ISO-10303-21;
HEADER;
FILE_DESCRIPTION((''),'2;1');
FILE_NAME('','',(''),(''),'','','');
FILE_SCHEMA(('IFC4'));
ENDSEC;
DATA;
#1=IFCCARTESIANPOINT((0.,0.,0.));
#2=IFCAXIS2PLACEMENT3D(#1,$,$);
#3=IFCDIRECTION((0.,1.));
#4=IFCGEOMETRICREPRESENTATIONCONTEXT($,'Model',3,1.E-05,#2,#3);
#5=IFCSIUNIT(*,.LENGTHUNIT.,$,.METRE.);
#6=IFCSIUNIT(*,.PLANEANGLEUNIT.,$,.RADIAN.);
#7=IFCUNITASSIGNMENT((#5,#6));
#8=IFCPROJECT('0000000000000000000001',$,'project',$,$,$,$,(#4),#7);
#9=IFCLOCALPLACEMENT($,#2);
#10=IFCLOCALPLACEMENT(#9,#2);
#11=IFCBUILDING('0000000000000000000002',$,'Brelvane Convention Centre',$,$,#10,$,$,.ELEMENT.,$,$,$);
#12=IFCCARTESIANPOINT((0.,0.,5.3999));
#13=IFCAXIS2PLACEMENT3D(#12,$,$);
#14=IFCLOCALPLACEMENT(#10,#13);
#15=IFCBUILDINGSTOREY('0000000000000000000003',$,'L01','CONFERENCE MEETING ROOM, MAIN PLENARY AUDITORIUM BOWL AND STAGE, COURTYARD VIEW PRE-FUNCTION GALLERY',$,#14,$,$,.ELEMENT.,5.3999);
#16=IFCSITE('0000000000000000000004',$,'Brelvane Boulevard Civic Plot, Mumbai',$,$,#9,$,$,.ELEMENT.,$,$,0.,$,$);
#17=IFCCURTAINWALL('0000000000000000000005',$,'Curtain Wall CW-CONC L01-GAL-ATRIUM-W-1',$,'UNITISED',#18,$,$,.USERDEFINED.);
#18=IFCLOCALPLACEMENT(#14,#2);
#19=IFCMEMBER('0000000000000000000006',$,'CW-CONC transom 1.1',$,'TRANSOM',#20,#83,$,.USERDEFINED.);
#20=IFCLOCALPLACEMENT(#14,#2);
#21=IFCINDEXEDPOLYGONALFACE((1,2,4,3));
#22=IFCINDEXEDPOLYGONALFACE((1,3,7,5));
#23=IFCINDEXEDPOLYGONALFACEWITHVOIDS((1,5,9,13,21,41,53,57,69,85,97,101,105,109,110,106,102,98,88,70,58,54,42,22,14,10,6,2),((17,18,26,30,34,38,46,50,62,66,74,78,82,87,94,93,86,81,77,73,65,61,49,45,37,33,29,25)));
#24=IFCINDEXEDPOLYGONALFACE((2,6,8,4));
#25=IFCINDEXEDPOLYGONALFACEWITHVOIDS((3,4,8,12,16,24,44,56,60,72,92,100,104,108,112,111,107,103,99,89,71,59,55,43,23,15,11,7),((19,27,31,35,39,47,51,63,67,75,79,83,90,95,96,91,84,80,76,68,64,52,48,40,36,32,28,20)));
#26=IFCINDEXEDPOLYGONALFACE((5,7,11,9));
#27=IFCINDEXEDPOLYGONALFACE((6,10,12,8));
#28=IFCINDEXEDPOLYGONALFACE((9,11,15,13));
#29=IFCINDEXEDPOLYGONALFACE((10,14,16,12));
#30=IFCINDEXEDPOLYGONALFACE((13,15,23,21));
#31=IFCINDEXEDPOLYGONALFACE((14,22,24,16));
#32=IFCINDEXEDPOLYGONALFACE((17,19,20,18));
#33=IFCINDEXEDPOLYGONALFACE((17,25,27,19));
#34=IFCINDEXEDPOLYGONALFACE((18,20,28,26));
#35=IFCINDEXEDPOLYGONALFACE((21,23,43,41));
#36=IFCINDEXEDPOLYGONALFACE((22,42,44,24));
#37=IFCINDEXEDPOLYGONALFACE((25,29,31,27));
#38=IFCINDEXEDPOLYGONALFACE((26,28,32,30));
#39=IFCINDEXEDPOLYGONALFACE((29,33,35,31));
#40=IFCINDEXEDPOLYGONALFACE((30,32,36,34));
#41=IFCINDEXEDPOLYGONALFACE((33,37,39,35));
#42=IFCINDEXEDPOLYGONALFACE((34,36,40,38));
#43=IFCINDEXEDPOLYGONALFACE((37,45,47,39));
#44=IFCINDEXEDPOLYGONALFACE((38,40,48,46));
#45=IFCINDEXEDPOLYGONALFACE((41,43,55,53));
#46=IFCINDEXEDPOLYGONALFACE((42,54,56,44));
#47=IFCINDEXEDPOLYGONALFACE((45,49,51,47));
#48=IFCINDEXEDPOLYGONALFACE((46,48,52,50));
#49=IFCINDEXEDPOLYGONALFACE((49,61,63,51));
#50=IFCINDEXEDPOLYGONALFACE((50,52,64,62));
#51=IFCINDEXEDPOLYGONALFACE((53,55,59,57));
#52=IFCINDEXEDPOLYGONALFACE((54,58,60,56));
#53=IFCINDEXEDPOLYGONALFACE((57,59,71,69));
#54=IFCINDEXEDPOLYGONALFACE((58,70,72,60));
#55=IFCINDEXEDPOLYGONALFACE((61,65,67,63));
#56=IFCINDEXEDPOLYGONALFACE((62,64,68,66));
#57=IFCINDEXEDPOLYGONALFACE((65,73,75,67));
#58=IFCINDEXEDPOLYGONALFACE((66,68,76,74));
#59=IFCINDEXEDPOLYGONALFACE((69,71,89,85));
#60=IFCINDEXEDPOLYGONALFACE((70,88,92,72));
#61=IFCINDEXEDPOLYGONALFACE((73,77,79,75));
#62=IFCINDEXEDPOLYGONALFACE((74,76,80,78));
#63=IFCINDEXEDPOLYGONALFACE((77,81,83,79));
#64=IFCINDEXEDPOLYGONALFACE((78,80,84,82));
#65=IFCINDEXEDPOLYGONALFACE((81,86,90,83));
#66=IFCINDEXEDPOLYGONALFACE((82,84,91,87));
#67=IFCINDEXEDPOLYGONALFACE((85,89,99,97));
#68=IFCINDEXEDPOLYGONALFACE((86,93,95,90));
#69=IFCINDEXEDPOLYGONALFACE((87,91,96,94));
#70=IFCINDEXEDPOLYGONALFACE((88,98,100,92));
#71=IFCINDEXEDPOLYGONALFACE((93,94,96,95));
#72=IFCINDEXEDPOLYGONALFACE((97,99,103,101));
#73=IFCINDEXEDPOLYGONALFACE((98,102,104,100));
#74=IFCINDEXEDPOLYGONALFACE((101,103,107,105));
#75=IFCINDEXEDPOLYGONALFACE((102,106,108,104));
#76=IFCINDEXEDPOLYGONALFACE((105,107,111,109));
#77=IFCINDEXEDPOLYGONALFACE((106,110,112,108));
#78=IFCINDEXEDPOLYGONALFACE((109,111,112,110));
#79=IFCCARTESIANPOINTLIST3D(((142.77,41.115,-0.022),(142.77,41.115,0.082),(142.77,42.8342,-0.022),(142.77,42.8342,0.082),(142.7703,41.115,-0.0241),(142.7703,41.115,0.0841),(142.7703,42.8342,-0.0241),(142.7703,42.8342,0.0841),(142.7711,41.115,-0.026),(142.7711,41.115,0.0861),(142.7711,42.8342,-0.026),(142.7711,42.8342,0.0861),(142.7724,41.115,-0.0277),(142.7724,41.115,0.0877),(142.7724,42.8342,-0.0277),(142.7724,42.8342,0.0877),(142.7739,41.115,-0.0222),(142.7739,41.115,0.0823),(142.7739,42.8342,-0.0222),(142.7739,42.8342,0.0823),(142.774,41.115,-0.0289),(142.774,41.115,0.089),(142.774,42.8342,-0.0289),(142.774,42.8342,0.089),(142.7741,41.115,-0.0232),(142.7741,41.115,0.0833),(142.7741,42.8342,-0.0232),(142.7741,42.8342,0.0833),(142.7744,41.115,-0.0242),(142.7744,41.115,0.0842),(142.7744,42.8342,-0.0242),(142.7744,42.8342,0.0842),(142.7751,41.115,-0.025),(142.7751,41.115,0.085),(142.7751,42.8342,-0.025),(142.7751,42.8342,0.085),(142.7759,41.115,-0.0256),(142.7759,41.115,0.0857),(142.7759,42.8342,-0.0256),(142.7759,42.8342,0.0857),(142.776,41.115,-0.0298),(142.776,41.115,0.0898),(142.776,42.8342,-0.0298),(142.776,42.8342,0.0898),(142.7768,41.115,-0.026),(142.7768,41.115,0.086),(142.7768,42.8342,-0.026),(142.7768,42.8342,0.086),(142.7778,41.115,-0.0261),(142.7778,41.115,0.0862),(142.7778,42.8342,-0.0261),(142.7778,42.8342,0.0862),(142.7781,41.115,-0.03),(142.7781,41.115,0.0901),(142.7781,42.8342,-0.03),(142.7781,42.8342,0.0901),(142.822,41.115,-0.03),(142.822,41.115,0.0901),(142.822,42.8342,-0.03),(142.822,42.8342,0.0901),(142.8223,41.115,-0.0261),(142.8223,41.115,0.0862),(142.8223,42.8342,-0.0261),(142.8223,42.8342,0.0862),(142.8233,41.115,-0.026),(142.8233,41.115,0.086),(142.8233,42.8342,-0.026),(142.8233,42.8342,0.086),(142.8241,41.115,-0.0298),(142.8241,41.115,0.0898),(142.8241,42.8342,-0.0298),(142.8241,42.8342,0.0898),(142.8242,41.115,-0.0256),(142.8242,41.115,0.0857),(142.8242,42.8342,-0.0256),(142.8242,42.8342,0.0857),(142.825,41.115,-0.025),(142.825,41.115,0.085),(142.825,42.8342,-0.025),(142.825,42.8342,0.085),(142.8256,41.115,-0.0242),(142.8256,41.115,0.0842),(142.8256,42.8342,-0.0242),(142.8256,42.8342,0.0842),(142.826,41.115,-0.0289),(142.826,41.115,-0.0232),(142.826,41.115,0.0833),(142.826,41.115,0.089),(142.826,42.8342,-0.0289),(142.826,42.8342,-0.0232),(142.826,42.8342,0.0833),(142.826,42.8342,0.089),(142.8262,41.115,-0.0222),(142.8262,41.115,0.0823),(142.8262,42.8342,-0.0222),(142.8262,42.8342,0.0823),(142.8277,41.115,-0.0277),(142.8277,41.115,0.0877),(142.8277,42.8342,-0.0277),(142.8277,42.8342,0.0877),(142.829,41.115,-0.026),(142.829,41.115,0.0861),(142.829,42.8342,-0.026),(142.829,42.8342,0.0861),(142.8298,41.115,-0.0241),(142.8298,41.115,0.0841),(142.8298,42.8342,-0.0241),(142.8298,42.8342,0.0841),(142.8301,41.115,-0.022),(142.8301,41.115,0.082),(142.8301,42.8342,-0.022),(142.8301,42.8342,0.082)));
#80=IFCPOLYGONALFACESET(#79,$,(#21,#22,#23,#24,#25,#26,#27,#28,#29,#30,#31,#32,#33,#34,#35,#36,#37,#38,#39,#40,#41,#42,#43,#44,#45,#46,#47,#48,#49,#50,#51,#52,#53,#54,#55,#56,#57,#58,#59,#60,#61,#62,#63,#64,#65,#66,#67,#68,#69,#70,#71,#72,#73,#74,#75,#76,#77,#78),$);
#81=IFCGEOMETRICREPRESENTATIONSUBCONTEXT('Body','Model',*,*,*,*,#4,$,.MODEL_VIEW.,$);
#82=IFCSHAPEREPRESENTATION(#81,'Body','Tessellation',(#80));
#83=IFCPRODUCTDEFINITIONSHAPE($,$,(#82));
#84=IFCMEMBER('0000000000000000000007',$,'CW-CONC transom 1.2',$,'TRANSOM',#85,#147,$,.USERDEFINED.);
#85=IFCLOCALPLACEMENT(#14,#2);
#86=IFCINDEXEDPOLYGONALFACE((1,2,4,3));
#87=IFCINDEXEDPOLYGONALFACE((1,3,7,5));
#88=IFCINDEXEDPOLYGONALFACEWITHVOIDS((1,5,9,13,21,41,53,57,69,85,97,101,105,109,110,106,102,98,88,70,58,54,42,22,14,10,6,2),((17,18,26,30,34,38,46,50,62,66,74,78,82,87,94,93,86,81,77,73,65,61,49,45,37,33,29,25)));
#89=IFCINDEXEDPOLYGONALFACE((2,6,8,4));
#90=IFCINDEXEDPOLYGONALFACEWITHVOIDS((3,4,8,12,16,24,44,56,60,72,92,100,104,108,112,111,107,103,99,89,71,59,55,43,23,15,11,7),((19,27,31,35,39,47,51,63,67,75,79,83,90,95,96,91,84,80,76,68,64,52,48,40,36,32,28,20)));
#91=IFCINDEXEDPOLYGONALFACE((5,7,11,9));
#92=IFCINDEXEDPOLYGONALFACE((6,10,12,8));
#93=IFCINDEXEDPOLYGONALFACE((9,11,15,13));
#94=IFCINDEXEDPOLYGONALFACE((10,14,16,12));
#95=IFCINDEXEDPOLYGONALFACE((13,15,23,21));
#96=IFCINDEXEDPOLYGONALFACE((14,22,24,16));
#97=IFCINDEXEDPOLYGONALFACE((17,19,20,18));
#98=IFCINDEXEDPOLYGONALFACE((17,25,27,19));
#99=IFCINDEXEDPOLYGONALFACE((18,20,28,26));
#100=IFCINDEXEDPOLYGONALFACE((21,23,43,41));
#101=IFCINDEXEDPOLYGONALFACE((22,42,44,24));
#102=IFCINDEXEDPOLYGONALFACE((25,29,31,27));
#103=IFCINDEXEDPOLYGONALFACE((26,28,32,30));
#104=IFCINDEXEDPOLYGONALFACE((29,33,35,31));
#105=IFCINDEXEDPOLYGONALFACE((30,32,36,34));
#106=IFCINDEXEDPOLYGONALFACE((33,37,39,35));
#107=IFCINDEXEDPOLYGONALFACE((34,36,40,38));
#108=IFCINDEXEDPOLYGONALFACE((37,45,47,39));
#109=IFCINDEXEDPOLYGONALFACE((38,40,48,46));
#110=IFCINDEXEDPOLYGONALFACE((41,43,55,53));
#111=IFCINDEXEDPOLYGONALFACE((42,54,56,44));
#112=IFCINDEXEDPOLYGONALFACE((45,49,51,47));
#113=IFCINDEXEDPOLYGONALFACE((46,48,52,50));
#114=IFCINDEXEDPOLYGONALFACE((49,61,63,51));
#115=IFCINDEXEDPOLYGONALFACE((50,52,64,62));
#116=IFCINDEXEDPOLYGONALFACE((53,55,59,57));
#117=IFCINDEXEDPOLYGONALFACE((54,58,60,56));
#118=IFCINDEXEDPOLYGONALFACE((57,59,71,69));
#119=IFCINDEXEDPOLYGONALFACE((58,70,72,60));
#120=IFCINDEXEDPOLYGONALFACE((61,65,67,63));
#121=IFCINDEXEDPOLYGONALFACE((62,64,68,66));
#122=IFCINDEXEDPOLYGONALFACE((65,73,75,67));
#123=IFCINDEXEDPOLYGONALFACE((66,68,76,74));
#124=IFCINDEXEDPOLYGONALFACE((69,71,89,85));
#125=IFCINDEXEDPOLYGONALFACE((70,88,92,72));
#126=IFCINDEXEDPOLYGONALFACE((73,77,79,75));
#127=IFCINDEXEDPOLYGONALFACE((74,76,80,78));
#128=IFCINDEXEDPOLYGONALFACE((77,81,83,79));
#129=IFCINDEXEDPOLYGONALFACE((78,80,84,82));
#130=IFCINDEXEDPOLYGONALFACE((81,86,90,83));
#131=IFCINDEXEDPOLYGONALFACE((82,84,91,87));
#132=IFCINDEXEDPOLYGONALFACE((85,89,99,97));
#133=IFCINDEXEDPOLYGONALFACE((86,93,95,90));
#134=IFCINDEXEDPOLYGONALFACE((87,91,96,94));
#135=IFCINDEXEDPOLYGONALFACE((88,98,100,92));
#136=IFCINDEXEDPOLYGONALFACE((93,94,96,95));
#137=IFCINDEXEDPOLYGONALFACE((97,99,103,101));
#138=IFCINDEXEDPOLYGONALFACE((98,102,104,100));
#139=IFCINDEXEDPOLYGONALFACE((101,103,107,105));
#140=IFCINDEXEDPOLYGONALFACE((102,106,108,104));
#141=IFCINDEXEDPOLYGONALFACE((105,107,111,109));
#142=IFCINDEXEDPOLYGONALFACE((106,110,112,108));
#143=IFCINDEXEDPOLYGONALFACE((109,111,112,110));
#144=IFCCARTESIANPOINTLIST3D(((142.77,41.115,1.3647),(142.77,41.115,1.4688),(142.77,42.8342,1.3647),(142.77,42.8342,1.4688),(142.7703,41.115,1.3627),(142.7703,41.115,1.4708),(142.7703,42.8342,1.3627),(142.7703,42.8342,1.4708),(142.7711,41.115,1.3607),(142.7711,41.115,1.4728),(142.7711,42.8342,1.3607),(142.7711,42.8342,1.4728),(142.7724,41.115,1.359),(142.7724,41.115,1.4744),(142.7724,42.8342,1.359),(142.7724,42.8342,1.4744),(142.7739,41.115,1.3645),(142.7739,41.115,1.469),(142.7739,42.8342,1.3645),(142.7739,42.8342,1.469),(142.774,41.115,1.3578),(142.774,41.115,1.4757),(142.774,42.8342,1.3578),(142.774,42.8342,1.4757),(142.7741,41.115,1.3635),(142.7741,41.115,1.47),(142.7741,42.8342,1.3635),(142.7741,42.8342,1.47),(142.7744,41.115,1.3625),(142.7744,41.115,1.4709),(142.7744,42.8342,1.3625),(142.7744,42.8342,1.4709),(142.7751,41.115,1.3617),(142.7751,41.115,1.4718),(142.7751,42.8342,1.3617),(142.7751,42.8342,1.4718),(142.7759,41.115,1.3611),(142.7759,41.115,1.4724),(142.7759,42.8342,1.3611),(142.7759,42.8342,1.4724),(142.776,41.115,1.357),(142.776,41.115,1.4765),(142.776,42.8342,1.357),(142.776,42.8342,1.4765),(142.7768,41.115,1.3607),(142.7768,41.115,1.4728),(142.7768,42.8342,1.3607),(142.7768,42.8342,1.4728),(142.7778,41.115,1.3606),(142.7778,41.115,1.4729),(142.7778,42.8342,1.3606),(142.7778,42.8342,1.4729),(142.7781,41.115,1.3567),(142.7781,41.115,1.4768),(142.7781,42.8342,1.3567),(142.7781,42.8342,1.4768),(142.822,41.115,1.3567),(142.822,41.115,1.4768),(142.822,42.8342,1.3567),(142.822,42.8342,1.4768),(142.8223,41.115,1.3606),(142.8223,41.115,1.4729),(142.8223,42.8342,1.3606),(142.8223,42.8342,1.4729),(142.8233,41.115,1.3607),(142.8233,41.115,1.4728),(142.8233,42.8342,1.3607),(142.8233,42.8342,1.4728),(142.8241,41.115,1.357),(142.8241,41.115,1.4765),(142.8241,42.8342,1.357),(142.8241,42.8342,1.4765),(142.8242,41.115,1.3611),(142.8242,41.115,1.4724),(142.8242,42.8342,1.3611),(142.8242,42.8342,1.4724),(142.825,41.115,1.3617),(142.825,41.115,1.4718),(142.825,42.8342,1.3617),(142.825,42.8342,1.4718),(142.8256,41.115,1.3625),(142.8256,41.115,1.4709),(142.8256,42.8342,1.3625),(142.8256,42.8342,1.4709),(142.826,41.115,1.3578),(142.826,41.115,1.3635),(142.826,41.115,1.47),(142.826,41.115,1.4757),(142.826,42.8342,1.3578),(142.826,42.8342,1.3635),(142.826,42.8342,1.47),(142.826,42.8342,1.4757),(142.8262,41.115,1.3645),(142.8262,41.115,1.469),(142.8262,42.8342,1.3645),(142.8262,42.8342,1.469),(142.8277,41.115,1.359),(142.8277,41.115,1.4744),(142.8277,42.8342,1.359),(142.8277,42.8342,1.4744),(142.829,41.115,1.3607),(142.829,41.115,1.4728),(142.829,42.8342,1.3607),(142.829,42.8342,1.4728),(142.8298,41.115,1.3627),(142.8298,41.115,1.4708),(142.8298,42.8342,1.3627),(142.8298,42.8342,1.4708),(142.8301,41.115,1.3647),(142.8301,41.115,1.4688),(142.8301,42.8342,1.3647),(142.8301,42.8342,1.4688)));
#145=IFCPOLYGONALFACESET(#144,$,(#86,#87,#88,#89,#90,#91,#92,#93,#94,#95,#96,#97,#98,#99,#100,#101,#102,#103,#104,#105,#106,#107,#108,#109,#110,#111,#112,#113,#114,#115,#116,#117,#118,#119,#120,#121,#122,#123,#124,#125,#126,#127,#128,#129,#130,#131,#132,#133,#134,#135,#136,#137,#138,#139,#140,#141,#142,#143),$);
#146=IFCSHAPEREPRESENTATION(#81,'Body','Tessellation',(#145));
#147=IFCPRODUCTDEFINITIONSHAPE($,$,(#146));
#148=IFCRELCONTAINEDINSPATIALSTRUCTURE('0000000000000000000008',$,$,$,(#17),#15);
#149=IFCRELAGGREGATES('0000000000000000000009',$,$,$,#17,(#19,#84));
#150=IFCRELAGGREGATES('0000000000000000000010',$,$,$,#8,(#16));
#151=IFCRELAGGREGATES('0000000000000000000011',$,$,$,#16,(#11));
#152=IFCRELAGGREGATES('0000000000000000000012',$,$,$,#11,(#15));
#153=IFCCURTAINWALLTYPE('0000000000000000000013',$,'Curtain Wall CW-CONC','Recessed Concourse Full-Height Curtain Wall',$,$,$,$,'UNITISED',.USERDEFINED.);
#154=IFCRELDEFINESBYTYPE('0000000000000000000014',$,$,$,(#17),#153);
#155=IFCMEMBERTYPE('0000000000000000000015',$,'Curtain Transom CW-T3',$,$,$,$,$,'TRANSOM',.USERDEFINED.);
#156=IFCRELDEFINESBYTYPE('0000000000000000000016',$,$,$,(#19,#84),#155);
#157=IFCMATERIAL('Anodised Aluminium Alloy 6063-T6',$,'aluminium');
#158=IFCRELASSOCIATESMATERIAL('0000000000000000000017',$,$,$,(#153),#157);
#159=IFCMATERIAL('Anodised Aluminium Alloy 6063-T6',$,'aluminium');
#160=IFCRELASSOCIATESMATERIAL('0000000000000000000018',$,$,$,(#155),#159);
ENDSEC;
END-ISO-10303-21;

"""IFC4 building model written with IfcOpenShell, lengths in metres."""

from ifc_helpers import new_model, si_unit, direction, frame, origin, origin_2d, place, context, subcontext, project, spatial, hollow_rectangle, extrude, material, material_profile, profile_set, type_object, element, aggregate, save


model = new_model("IFC4")

# Units and contexts
model_context = context("Model", 3, precision=1e-05, world=origin(), true_north=direction((0.0, 1.0)))
body_context = subcontext(model_context, "Body", "Model", "MODEL_VIEW")
ifc_project = project(units=[si_unit("LENGTHUNIT", "METRE"), si_unit("PLANEANGLEUNIT", "RADIAN")], contexts=[model_context])

# Site, building, storey
site_placement = place(None, origin())
site = spatial("IfcSite", under=ifc_project, at=site_placement, Name="Brelvane Boulevard Civic Plot, Mumbai", CompositionType="ELEMENT", RefElevation=0.0)
building_placement = place(site_placement, origin())
building = spatial("IfcBuilding", under=site, at=building_placement, Name="Brelvane Convention Centre", CompositionType="ELEMENT")
storey_placement = place(building_placement, frame((0.0, 0.0, 5.3999)))
storey = spatial("IfcBuildingStorey", under=building, at=storey_placement, Name="L01", Description="CONFERENCE MEETING ROOM, MAIN PLENARY AUDITORIUM BOWL AND STAGE, COURTYARD VIEW PRE-FUNCTION GALLERY", CompositionType="ELEMENT", Elevation=5.3999)

# Curtain wall, members
ifc_material_1 = material(Name="Anodised Aluminium Alloy 6063-T6", Category="aluminium")
curtain_wall_type = type_object("IfcCurtainWallType", Name="Curtain Wall CW-CONC", Description="Recessed Concourse Full-Height Curtain Wall", ElementType="UNITISED", PredefinedType="USERDEFINED", material=ifc_material_1)
curtain_wall_placement = place(storey_placement, origin())
curtain_wall = element("IfcCurtainWall", 1, at=curtain_wall_placement, inside=storey, type_object=curtain_wall_type, Name="Curtain Wall CW-CONC L01-GAL-ATRIUM-W-1", ObjectType="UNITISED", PredefinedType="USERDEFINED")
ifc_material_2 = material(Name="Anodised Aluminium Alloy 6063-T6", Category="aluminium")
ifc_material_profile_1 = material_profile(ifc_material_2, hollow_rectangle(XDim=0.0601, YDim=0.1201, WallThickness=0.0039, InnerFilletRadius=0.0039, OuterFilletRadius=0.0081, at=origin_2d()), Name="ALU-T 120x60x4.0")
ifc_profile_set_1 = profile_set([ifc_material_profile_1], Name="Anodised Aluminium Alloy 6063-T6")
member_type_1 = type_object("IfcMemberType", Name="Curtain Transom CW-T3", ElementType="TRANSOM", PredefinedType="USERDEFINED", material=ifc_profile_set_1)
member_1_placement = place(storey_placement, frame((142.8, 41.115, 0.03), z_axis=(0.0, 1.0, 0.0), x_axis=(-1.0, 0.0, 0.0)))
member_1 = element("IfcMember", 2, at=member_1_placement, type_object=member_type_1, Name="CW-CONC transom 1.1", ObjectType="TRANSOM", PredefinedType="USERDEFINED", context=body_context, shape_type="SweptSolid", body=[
    extrude(hollow_rectangle(XDim=0.0601, YDim=0.1201, WallThickness=0.0039, InnerFilletRadius=0.0039, OuterFilletRadius=0.0081, at=origin_2d()), origin(), (0.0, 0.0, 1.0), 1.7192),
])
member_2_placement = place(storey_placement, frame((142.8, 41.115, 1.4167), z_axis=(0.0, 1.0, 0.0), x_axis=(-1.0, 0.0, 0.0)))
member_2 = element("IfcMember", 3, at=member_2_placement, type_object=member_type_1, Name="CW-CONC transom 1.2", ObjectType="TRANSOM", PredefinedType="USERDEFINED", context=body_context, shape_type="SweptSolid", body=[
    extrude(hollow_rectangle(XDim=0.0601, YDim=0.1201, WallThickness=0.0039, InnerFilletRadius=0.0039, OuterFilletRadius=0.0081, at=origin_2d()), origin(), (0.0, 0.0, 1.0), 1.7192),
])

aggregate(curtain_wall, [member_1, member_2])

save(model, "model.ifc")
